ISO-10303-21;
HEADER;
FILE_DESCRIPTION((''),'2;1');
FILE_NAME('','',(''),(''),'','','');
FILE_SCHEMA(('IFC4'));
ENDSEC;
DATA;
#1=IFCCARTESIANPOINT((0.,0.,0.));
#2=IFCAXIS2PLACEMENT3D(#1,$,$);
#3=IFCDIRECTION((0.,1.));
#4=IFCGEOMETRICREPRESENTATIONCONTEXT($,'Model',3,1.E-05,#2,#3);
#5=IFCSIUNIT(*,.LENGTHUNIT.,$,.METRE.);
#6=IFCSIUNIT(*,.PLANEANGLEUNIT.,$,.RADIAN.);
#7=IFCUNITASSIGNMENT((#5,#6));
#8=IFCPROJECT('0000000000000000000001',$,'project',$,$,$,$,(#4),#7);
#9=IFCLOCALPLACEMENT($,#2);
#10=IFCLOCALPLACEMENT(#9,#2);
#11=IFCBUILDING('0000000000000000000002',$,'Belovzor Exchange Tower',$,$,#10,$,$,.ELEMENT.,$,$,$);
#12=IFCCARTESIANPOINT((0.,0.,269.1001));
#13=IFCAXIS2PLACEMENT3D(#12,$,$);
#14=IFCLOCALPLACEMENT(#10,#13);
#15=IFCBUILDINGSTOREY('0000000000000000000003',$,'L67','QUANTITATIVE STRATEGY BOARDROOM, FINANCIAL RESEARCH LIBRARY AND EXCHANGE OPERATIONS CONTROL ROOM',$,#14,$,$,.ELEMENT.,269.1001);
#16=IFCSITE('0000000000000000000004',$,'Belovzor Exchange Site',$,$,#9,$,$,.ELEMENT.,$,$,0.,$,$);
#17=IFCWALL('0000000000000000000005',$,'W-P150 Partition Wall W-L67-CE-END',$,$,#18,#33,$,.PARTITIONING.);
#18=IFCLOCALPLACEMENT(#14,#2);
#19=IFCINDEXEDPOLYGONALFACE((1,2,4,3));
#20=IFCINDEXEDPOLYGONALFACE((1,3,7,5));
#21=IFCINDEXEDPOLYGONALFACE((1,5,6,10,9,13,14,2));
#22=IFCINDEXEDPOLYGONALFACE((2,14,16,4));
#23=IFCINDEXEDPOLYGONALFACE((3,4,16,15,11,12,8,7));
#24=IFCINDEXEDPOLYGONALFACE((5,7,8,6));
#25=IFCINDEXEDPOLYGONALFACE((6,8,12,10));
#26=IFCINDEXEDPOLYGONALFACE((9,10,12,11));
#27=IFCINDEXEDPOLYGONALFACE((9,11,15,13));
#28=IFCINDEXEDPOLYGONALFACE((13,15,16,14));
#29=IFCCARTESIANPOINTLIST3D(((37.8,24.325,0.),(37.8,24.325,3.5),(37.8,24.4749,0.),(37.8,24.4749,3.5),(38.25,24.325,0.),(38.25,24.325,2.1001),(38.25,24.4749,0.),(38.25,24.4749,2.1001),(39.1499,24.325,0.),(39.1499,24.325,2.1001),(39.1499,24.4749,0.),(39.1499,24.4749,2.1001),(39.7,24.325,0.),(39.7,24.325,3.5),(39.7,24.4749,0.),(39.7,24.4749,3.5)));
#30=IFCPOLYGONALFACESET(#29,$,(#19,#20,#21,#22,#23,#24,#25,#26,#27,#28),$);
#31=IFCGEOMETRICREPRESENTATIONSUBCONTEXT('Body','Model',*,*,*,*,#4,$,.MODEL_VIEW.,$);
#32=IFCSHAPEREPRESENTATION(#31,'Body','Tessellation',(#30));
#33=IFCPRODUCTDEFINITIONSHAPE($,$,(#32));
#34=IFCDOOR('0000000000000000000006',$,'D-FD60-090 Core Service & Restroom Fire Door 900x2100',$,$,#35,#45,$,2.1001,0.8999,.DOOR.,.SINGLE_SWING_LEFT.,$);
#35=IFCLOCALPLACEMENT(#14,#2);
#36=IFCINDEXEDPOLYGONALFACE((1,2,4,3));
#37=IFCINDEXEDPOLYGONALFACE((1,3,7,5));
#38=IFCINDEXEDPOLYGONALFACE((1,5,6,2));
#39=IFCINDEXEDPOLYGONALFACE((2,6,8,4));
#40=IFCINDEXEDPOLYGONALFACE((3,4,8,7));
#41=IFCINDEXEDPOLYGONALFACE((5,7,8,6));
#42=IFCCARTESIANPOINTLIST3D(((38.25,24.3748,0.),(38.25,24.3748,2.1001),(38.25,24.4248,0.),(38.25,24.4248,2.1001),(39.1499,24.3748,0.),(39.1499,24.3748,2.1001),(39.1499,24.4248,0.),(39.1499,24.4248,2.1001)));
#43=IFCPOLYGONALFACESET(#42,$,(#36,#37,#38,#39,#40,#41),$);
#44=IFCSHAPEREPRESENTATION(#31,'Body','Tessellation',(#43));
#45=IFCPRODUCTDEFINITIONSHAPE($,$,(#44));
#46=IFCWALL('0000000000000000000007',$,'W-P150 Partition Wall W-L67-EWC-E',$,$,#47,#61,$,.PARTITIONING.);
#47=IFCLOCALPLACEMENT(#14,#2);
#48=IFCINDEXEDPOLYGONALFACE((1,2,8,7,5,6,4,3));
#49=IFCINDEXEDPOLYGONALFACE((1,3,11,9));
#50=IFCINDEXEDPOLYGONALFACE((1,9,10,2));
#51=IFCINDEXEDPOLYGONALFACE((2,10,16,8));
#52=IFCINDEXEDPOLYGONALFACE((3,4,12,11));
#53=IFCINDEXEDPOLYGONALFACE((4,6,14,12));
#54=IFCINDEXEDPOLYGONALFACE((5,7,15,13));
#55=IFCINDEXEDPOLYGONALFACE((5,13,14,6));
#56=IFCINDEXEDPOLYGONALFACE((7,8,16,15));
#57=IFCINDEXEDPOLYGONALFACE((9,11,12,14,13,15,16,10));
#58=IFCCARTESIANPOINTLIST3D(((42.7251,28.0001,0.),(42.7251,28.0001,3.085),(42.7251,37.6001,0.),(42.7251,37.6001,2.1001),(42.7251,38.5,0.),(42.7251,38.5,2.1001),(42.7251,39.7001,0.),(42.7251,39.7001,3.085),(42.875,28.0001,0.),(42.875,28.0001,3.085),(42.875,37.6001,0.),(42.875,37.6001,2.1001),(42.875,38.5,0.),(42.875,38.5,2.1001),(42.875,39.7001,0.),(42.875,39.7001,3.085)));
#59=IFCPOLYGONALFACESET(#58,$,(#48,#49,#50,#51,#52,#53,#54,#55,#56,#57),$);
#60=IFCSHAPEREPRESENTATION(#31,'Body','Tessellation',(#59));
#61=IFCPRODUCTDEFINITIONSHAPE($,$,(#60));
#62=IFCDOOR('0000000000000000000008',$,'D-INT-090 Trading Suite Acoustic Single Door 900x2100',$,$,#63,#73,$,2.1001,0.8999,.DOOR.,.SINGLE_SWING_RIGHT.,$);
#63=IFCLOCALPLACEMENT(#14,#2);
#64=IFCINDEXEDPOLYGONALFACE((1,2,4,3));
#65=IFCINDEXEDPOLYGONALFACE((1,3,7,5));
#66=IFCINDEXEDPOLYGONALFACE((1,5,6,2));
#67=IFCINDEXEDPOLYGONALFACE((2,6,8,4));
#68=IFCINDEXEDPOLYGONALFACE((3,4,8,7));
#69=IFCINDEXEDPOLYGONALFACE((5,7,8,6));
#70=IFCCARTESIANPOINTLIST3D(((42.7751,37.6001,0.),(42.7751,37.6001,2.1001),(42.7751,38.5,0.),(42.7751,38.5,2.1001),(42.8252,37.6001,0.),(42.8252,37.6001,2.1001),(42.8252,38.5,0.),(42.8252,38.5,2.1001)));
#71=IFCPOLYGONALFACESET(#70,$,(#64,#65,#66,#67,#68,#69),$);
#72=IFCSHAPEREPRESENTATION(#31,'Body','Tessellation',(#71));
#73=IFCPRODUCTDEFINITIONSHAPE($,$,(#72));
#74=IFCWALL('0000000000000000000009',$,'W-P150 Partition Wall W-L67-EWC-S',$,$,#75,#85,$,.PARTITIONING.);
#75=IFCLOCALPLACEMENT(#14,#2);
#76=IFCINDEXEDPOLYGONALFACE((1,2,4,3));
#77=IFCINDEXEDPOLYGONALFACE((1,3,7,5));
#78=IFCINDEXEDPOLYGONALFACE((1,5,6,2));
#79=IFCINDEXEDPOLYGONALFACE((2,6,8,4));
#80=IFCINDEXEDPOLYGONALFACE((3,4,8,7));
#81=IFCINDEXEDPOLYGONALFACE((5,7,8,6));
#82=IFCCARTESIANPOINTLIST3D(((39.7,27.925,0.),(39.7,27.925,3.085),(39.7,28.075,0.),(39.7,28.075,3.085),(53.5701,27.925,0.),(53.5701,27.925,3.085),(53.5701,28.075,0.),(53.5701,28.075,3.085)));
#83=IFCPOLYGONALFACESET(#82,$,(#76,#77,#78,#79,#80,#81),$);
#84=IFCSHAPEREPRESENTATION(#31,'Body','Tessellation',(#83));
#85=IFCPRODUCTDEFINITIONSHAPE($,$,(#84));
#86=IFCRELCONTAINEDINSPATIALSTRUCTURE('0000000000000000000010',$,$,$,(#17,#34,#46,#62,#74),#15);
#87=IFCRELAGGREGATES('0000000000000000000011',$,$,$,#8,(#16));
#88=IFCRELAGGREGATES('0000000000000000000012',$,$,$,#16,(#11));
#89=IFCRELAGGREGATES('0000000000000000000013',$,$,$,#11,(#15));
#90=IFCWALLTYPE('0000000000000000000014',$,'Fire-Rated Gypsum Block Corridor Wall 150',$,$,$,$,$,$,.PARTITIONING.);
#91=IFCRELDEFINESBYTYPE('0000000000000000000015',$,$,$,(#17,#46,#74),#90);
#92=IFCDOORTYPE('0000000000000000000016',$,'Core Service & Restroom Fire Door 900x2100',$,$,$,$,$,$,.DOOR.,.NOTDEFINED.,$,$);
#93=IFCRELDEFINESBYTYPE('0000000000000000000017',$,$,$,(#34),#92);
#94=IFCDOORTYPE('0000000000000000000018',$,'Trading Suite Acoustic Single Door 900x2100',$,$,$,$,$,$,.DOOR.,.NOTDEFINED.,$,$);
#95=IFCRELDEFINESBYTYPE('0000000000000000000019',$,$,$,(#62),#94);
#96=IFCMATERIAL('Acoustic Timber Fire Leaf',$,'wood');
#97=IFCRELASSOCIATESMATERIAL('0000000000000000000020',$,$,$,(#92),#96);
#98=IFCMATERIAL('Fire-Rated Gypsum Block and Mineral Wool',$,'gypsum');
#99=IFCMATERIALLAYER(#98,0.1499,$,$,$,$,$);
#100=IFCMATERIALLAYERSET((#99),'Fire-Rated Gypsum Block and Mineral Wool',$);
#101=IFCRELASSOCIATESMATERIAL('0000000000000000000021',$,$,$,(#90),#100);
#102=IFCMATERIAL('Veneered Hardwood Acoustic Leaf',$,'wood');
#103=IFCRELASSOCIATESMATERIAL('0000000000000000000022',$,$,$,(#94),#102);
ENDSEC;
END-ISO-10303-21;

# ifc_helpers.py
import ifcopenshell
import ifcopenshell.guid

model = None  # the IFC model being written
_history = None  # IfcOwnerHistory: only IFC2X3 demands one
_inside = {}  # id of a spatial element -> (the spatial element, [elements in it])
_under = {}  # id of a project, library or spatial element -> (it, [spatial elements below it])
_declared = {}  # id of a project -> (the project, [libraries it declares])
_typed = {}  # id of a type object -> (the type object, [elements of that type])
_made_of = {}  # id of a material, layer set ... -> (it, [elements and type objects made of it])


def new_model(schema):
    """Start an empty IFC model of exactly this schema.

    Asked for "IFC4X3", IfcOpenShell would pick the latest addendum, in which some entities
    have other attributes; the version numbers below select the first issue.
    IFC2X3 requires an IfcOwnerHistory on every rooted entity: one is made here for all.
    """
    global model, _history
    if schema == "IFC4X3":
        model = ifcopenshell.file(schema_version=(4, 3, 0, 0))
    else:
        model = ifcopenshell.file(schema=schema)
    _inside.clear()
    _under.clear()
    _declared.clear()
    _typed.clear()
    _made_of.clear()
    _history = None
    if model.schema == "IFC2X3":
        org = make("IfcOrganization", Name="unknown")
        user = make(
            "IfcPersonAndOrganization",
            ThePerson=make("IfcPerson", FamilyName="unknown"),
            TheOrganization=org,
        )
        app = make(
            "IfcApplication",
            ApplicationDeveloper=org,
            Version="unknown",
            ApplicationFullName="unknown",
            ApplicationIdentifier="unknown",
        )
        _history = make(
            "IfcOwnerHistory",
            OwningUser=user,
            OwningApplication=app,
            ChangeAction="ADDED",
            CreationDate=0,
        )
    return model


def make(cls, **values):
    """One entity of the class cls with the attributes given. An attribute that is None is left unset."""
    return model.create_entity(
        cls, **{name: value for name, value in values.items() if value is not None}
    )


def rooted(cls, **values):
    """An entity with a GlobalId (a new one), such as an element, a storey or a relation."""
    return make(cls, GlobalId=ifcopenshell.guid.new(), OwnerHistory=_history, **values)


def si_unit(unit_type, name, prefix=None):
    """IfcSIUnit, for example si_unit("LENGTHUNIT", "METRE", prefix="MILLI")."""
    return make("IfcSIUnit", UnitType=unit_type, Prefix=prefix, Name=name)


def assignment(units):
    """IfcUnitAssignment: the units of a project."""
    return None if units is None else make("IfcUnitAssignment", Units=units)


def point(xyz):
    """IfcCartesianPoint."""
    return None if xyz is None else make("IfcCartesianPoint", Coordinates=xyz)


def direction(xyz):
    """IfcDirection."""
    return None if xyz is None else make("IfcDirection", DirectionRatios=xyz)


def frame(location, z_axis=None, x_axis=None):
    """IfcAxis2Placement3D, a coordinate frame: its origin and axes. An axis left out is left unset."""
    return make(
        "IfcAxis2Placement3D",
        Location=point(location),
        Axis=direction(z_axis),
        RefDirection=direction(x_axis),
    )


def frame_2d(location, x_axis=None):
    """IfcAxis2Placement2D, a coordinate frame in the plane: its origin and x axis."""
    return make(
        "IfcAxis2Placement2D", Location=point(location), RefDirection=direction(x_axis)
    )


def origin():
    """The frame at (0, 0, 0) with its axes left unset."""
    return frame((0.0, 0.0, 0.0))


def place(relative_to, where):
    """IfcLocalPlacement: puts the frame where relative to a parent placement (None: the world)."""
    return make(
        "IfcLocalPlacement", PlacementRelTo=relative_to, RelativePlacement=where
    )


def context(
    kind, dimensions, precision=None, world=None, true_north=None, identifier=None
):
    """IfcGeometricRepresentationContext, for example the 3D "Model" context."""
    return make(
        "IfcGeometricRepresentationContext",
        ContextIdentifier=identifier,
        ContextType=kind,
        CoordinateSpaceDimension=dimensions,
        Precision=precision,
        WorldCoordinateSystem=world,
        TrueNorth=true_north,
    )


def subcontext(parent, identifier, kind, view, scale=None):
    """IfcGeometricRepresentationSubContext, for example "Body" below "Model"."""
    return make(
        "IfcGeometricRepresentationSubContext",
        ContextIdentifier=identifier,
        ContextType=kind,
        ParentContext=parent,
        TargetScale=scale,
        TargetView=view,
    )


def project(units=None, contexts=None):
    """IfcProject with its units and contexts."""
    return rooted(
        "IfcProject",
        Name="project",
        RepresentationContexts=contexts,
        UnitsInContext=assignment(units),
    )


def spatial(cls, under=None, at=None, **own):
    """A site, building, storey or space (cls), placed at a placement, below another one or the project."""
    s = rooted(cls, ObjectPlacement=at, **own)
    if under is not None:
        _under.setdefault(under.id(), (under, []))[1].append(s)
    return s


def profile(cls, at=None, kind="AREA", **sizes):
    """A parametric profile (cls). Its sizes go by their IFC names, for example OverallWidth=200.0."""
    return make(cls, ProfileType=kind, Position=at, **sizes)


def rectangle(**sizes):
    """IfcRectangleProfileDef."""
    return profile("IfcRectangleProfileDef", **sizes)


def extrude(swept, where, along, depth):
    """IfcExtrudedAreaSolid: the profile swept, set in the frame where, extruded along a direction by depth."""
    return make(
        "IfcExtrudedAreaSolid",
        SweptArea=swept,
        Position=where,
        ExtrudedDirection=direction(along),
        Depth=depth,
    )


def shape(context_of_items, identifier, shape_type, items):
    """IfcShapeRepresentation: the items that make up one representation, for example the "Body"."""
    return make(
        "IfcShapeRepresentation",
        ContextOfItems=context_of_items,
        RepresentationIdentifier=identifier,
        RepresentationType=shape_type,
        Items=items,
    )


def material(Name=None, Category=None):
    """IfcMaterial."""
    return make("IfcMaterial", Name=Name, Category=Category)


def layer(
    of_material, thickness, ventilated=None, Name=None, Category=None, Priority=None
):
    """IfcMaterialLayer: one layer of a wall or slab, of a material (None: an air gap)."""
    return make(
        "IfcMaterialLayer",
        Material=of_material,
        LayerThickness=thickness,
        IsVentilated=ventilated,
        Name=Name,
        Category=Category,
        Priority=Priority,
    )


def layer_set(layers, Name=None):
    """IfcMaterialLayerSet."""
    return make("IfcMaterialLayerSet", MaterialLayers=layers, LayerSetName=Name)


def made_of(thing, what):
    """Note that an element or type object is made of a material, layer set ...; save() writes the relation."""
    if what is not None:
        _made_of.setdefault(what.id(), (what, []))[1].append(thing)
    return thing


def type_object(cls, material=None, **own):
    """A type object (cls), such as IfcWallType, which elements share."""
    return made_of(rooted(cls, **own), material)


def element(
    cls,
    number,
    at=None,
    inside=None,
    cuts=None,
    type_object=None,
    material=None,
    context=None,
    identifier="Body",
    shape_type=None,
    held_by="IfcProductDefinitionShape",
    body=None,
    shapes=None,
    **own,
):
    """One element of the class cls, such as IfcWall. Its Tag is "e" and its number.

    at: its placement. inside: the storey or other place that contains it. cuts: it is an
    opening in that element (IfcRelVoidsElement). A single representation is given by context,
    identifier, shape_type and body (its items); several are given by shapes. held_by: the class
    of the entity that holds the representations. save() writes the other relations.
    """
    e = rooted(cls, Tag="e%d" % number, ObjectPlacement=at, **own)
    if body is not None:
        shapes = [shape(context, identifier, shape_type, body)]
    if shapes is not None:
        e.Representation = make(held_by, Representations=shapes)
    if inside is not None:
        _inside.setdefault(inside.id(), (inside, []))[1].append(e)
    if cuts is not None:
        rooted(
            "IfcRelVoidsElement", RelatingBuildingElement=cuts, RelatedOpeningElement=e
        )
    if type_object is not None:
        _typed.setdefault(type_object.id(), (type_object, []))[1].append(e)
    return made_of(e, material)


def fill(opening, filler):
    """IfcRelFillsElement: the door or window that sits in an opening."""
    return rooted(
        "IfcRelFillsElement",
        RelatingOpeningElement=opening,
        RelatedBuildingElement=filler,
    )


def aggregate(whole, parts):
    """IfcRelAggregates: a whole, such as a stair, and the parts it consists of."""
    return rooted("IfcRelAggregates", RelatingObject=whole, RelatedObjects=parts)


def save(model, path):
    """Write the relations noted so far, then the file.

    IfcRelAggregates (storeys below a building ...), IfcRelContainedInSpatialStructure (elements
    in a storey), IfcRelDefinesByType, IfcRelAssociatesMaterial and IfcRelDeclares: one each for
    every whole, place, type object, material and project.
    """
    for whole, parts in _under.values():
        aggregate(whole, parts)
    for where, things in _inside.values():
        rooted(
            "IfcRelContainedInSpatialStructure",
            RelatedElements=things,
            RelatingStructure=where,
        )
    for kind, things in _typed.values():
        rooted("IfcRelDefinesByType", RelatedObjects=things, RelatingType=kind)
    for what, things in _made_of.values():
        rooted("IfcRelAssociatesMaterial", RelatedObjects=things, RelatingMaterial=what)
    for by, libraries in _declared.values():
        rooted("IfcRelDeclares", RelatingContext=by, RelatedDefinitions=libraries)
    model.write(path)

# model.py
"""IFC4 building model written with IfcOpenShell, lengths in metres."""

from ifc_helpers import new_model, si_unit, direction, frame, frame_2d, origin, place, context, subcontext, project, spatial, rectangle, extrude, material, layer, layer_set, type_object, element, fill, save


model = new_model("IFC4")

# Units and contexts
model_context = context("Model", 3, precision=1e-05, world=origin(), true_north=direction((0.0, 1.0)))
body_context = subcontext(model_context, "Body", "Model", "MODEL_VIEW")
ifc_project = project(units=[si_unit("LENGTHUNIT", "METRE"), si_unit("PLANEANGLEUNIT", "RADIAN")], contexts=[model_context])

# Site, building, storey
site_placement = place(None, origin())
site = spatial("IfcSite", under=ifc_project, at=site_placement, Name="Belovzor Exchange Site", CompositionType="ELEMENT", RefElevation=0.0)
building_placement = place(site_placement, origin())
building = spatial("IfcBuilding", under=site, at=building_placement, Name="Belovzor Exchange Tower", CompositionType="ELEMENT")
storey_placement = place(building_placement, frame((0.0, 0.0, 269.1001)))
storey = spatial("IfcBuildingStorey", under=building, at=storey_placement, Name="L67", Description="QUANTITATIVE STRATEGY BOARDROOM, FINANCIAL RESEARCH LIBRARY AND EXCHANGE OPERATIONS CONTROL ROOM", CompositionType="ELEMENT", Elevation=269.1001)

# Walls, openings, doors
ifc_material_1 = material(Name="Acoustic Timber Fire Leaf", Category="wood")
door_type_1 = type_object("IfcDoorType", Name="Core Service & Restroom Fire Door 900x2100", OperationType="NOTDEFINED", PredefinedType="DOOR", material=ifc_material_1)
ifc_material_2 = material(Name="Fire-Rated Gypsum Block and Mineral Wool", Category="gypsum")
ifc_layer_1 = layer(ifc_material_2, 0.1499)
ifc_layer_set_1 = layer_set([ifc_layer_1], Name="Fire-Rated Gypsum Block and Mineral Wool")
wall_type_1 = type_object("IfcWallType", Name="Fire-Rated Gypsum Block Corridor Wall 150", PredefinedType="PARTITIONING", material=ifc_layer_set_1)
wall_1_placement = place(storey_placement, frame((37.8, 24.3999, 0.0), z_axis=(0.0, 0.0, 1.0), x_axis=(1.0, 0.0, 0.0)))
wall_1 = element("IfcWall", 1, at=wall_1_placement, inside=storey, type_object=wall_type_1, Name="W-P150 Partition Wall W-L67-CE-END", PredefinedType="PARTITIONING", context=body_context, shape_type="SweptSolid", body=[
    extrude(rectangle(XDim=1.8999, YDim=0.1499, at=frame_2d((0.95, 0.0))), origin(), (0.0, 0.0, 1.0), 3.5),
])
opening_1_placement = place(wall_1_placement, frame((0.45, 0.0, 0.0)))
opening_1 = element("IfcOpeningElement", 2, at=opening_1_placement, cuts=wall_1, PredefinedType="OPENING", context=body_context, shape_type="SweptSolid", body=[
    extrude(rectangle(XDim=0.8999, YDim=2.1001, at=frame_2d((0.45, 1.05))), frame((0.0, 0.085, 0.0), z_axis=(0.0, -1.0, 0.0), x_axis=(1.0, 0.0, 0.0)), (0.0, 0.0, 1.0), 0.1699),
])
door_1_placement = place(opening_1_placement, origin())
door_1 = element("IfcDoor", 3, at=door_1_placement, inside=storey, type_object=door_type_1, Name="D-FD60-090 Core Service & Restroom Fire Door 900x2100", OperationType="SINGLE_SWING_LEFT", OverallHeight=2.1001, OverallWidth=0.8999, PredefinedType="DOOR", context=body_context, shape_type="SweptSolid", body=[
    extrude(rectangle(XDim=0.8999, YDim=2.1001, at=frame_2d((0.45, 1.05))), frame((0.0, 0.0249, 0.0), z_axis=(0.0, -1.0, 0.0), x_axis=(1.0, 0.0, 0.0)), (0.0, 0.0, 1.0), 0.05),
])
fill(opening_1, door_1)
wall_2_placement = place(storey_placement, frame((42.8, 28.0, 0.0), z_axis=(0.0, 0.0, 1.0), x_axis=(0.0, 1.0, 0.0)))
wall_2 = element("IfcWall", 4, at=wall_2_placement, inside=storey, type_object=wall_type_1, Name="W-P150 Partition Wall W-L67-EWC-E", PredefinedType="PARTITIONING", context=body_context, shape_type="SweptSolid", body=[
    extrude(rectangle(XDim=11.7, YDim=0.1499, at=frame_2d((5.8501, 0.0))), origin(), (0.0, 0.0, 1.0), 3.085),
])
opening_2_placement = place(wall_2_placement, frame((9.6001, 0.0, 0.0)))
opening_2 = element("IfcOpeningElement", 5, at=opening_2_placement, cuts=wall_2, PredefinedType="OPENING", context=body_context, shape_type="SweptSolid", body=[
    extrude(rectangle(XDim=0.8999, YDim=2.1001, at=frame_2d((0.45, 1.05))), frame((0.0, 0.085, 0.0), z_axis=(0.0, -1.0, 0.0), x_axis=(1.0, 0.0, 0.0)), (0.0, 0.0, 1.0), 0.1699),
])
ifc_material_3 = material(Name="Veneered Hardwood Acoustic Leaf", Category="wood")
door_type_2 = type_object("IfcDoorType", Name="Trading Suite Acoustic Single Door 900x2100", OperationType="NOTDEFINED", PredefinedType="DOOR", material=ifc_material_3)
door_2_placement = place(opening_2_placement, origin())
door_2 = element("IfcDoor", 6, at=door_2_placement, inside=storey, type_object=door_type_2, Name="D-INT-090 Trading Suite Acoustic Single Door 900x2100", OperationType="SINGLE_SWING_RIGHT", OverallHeight=2.1001, OverallWidth=0.8999, PredefinedType="DOOR", context=body_context, shape_type="SweptSolid", body=[
    extrude(rectangle(XDim=0.8999, YDim=2.1001, at=frame_2d((0.45, 1.05))), frame((0.0, 0.0249, 0.0), z_axis=(0.0, -1.0, 0.0), x_axis=(1.0, 0.0, 0.0)), (0.0, 0.0, 1.0), 0.05),
])
fill(opening_2, door_2)

# Wall
wall_3_placement = place(storey_placement, frame((39.7, 28.0, 0.0), z_axis=(0.0, 0.0, 1.0), x_axis=(1.0, 0.0, 0.0)))
element("IfcWall", 7, at=wall_3_placement, inside=storey, type_object=wall_type_1, Name="W-P150 Partition Wall W-L67-EWC-S", PredefinedType="PARTITIONING", context=body_context, shape_type="SweptSolid", body=[
    extrude(rectangle(XDim=13.8701, YDim=0.1499, at=frame_2d((6.9351, 0.0))), origin(), (0.0, 0.0, 1.0), 3.085),
])

save(model, "model.ifc")
